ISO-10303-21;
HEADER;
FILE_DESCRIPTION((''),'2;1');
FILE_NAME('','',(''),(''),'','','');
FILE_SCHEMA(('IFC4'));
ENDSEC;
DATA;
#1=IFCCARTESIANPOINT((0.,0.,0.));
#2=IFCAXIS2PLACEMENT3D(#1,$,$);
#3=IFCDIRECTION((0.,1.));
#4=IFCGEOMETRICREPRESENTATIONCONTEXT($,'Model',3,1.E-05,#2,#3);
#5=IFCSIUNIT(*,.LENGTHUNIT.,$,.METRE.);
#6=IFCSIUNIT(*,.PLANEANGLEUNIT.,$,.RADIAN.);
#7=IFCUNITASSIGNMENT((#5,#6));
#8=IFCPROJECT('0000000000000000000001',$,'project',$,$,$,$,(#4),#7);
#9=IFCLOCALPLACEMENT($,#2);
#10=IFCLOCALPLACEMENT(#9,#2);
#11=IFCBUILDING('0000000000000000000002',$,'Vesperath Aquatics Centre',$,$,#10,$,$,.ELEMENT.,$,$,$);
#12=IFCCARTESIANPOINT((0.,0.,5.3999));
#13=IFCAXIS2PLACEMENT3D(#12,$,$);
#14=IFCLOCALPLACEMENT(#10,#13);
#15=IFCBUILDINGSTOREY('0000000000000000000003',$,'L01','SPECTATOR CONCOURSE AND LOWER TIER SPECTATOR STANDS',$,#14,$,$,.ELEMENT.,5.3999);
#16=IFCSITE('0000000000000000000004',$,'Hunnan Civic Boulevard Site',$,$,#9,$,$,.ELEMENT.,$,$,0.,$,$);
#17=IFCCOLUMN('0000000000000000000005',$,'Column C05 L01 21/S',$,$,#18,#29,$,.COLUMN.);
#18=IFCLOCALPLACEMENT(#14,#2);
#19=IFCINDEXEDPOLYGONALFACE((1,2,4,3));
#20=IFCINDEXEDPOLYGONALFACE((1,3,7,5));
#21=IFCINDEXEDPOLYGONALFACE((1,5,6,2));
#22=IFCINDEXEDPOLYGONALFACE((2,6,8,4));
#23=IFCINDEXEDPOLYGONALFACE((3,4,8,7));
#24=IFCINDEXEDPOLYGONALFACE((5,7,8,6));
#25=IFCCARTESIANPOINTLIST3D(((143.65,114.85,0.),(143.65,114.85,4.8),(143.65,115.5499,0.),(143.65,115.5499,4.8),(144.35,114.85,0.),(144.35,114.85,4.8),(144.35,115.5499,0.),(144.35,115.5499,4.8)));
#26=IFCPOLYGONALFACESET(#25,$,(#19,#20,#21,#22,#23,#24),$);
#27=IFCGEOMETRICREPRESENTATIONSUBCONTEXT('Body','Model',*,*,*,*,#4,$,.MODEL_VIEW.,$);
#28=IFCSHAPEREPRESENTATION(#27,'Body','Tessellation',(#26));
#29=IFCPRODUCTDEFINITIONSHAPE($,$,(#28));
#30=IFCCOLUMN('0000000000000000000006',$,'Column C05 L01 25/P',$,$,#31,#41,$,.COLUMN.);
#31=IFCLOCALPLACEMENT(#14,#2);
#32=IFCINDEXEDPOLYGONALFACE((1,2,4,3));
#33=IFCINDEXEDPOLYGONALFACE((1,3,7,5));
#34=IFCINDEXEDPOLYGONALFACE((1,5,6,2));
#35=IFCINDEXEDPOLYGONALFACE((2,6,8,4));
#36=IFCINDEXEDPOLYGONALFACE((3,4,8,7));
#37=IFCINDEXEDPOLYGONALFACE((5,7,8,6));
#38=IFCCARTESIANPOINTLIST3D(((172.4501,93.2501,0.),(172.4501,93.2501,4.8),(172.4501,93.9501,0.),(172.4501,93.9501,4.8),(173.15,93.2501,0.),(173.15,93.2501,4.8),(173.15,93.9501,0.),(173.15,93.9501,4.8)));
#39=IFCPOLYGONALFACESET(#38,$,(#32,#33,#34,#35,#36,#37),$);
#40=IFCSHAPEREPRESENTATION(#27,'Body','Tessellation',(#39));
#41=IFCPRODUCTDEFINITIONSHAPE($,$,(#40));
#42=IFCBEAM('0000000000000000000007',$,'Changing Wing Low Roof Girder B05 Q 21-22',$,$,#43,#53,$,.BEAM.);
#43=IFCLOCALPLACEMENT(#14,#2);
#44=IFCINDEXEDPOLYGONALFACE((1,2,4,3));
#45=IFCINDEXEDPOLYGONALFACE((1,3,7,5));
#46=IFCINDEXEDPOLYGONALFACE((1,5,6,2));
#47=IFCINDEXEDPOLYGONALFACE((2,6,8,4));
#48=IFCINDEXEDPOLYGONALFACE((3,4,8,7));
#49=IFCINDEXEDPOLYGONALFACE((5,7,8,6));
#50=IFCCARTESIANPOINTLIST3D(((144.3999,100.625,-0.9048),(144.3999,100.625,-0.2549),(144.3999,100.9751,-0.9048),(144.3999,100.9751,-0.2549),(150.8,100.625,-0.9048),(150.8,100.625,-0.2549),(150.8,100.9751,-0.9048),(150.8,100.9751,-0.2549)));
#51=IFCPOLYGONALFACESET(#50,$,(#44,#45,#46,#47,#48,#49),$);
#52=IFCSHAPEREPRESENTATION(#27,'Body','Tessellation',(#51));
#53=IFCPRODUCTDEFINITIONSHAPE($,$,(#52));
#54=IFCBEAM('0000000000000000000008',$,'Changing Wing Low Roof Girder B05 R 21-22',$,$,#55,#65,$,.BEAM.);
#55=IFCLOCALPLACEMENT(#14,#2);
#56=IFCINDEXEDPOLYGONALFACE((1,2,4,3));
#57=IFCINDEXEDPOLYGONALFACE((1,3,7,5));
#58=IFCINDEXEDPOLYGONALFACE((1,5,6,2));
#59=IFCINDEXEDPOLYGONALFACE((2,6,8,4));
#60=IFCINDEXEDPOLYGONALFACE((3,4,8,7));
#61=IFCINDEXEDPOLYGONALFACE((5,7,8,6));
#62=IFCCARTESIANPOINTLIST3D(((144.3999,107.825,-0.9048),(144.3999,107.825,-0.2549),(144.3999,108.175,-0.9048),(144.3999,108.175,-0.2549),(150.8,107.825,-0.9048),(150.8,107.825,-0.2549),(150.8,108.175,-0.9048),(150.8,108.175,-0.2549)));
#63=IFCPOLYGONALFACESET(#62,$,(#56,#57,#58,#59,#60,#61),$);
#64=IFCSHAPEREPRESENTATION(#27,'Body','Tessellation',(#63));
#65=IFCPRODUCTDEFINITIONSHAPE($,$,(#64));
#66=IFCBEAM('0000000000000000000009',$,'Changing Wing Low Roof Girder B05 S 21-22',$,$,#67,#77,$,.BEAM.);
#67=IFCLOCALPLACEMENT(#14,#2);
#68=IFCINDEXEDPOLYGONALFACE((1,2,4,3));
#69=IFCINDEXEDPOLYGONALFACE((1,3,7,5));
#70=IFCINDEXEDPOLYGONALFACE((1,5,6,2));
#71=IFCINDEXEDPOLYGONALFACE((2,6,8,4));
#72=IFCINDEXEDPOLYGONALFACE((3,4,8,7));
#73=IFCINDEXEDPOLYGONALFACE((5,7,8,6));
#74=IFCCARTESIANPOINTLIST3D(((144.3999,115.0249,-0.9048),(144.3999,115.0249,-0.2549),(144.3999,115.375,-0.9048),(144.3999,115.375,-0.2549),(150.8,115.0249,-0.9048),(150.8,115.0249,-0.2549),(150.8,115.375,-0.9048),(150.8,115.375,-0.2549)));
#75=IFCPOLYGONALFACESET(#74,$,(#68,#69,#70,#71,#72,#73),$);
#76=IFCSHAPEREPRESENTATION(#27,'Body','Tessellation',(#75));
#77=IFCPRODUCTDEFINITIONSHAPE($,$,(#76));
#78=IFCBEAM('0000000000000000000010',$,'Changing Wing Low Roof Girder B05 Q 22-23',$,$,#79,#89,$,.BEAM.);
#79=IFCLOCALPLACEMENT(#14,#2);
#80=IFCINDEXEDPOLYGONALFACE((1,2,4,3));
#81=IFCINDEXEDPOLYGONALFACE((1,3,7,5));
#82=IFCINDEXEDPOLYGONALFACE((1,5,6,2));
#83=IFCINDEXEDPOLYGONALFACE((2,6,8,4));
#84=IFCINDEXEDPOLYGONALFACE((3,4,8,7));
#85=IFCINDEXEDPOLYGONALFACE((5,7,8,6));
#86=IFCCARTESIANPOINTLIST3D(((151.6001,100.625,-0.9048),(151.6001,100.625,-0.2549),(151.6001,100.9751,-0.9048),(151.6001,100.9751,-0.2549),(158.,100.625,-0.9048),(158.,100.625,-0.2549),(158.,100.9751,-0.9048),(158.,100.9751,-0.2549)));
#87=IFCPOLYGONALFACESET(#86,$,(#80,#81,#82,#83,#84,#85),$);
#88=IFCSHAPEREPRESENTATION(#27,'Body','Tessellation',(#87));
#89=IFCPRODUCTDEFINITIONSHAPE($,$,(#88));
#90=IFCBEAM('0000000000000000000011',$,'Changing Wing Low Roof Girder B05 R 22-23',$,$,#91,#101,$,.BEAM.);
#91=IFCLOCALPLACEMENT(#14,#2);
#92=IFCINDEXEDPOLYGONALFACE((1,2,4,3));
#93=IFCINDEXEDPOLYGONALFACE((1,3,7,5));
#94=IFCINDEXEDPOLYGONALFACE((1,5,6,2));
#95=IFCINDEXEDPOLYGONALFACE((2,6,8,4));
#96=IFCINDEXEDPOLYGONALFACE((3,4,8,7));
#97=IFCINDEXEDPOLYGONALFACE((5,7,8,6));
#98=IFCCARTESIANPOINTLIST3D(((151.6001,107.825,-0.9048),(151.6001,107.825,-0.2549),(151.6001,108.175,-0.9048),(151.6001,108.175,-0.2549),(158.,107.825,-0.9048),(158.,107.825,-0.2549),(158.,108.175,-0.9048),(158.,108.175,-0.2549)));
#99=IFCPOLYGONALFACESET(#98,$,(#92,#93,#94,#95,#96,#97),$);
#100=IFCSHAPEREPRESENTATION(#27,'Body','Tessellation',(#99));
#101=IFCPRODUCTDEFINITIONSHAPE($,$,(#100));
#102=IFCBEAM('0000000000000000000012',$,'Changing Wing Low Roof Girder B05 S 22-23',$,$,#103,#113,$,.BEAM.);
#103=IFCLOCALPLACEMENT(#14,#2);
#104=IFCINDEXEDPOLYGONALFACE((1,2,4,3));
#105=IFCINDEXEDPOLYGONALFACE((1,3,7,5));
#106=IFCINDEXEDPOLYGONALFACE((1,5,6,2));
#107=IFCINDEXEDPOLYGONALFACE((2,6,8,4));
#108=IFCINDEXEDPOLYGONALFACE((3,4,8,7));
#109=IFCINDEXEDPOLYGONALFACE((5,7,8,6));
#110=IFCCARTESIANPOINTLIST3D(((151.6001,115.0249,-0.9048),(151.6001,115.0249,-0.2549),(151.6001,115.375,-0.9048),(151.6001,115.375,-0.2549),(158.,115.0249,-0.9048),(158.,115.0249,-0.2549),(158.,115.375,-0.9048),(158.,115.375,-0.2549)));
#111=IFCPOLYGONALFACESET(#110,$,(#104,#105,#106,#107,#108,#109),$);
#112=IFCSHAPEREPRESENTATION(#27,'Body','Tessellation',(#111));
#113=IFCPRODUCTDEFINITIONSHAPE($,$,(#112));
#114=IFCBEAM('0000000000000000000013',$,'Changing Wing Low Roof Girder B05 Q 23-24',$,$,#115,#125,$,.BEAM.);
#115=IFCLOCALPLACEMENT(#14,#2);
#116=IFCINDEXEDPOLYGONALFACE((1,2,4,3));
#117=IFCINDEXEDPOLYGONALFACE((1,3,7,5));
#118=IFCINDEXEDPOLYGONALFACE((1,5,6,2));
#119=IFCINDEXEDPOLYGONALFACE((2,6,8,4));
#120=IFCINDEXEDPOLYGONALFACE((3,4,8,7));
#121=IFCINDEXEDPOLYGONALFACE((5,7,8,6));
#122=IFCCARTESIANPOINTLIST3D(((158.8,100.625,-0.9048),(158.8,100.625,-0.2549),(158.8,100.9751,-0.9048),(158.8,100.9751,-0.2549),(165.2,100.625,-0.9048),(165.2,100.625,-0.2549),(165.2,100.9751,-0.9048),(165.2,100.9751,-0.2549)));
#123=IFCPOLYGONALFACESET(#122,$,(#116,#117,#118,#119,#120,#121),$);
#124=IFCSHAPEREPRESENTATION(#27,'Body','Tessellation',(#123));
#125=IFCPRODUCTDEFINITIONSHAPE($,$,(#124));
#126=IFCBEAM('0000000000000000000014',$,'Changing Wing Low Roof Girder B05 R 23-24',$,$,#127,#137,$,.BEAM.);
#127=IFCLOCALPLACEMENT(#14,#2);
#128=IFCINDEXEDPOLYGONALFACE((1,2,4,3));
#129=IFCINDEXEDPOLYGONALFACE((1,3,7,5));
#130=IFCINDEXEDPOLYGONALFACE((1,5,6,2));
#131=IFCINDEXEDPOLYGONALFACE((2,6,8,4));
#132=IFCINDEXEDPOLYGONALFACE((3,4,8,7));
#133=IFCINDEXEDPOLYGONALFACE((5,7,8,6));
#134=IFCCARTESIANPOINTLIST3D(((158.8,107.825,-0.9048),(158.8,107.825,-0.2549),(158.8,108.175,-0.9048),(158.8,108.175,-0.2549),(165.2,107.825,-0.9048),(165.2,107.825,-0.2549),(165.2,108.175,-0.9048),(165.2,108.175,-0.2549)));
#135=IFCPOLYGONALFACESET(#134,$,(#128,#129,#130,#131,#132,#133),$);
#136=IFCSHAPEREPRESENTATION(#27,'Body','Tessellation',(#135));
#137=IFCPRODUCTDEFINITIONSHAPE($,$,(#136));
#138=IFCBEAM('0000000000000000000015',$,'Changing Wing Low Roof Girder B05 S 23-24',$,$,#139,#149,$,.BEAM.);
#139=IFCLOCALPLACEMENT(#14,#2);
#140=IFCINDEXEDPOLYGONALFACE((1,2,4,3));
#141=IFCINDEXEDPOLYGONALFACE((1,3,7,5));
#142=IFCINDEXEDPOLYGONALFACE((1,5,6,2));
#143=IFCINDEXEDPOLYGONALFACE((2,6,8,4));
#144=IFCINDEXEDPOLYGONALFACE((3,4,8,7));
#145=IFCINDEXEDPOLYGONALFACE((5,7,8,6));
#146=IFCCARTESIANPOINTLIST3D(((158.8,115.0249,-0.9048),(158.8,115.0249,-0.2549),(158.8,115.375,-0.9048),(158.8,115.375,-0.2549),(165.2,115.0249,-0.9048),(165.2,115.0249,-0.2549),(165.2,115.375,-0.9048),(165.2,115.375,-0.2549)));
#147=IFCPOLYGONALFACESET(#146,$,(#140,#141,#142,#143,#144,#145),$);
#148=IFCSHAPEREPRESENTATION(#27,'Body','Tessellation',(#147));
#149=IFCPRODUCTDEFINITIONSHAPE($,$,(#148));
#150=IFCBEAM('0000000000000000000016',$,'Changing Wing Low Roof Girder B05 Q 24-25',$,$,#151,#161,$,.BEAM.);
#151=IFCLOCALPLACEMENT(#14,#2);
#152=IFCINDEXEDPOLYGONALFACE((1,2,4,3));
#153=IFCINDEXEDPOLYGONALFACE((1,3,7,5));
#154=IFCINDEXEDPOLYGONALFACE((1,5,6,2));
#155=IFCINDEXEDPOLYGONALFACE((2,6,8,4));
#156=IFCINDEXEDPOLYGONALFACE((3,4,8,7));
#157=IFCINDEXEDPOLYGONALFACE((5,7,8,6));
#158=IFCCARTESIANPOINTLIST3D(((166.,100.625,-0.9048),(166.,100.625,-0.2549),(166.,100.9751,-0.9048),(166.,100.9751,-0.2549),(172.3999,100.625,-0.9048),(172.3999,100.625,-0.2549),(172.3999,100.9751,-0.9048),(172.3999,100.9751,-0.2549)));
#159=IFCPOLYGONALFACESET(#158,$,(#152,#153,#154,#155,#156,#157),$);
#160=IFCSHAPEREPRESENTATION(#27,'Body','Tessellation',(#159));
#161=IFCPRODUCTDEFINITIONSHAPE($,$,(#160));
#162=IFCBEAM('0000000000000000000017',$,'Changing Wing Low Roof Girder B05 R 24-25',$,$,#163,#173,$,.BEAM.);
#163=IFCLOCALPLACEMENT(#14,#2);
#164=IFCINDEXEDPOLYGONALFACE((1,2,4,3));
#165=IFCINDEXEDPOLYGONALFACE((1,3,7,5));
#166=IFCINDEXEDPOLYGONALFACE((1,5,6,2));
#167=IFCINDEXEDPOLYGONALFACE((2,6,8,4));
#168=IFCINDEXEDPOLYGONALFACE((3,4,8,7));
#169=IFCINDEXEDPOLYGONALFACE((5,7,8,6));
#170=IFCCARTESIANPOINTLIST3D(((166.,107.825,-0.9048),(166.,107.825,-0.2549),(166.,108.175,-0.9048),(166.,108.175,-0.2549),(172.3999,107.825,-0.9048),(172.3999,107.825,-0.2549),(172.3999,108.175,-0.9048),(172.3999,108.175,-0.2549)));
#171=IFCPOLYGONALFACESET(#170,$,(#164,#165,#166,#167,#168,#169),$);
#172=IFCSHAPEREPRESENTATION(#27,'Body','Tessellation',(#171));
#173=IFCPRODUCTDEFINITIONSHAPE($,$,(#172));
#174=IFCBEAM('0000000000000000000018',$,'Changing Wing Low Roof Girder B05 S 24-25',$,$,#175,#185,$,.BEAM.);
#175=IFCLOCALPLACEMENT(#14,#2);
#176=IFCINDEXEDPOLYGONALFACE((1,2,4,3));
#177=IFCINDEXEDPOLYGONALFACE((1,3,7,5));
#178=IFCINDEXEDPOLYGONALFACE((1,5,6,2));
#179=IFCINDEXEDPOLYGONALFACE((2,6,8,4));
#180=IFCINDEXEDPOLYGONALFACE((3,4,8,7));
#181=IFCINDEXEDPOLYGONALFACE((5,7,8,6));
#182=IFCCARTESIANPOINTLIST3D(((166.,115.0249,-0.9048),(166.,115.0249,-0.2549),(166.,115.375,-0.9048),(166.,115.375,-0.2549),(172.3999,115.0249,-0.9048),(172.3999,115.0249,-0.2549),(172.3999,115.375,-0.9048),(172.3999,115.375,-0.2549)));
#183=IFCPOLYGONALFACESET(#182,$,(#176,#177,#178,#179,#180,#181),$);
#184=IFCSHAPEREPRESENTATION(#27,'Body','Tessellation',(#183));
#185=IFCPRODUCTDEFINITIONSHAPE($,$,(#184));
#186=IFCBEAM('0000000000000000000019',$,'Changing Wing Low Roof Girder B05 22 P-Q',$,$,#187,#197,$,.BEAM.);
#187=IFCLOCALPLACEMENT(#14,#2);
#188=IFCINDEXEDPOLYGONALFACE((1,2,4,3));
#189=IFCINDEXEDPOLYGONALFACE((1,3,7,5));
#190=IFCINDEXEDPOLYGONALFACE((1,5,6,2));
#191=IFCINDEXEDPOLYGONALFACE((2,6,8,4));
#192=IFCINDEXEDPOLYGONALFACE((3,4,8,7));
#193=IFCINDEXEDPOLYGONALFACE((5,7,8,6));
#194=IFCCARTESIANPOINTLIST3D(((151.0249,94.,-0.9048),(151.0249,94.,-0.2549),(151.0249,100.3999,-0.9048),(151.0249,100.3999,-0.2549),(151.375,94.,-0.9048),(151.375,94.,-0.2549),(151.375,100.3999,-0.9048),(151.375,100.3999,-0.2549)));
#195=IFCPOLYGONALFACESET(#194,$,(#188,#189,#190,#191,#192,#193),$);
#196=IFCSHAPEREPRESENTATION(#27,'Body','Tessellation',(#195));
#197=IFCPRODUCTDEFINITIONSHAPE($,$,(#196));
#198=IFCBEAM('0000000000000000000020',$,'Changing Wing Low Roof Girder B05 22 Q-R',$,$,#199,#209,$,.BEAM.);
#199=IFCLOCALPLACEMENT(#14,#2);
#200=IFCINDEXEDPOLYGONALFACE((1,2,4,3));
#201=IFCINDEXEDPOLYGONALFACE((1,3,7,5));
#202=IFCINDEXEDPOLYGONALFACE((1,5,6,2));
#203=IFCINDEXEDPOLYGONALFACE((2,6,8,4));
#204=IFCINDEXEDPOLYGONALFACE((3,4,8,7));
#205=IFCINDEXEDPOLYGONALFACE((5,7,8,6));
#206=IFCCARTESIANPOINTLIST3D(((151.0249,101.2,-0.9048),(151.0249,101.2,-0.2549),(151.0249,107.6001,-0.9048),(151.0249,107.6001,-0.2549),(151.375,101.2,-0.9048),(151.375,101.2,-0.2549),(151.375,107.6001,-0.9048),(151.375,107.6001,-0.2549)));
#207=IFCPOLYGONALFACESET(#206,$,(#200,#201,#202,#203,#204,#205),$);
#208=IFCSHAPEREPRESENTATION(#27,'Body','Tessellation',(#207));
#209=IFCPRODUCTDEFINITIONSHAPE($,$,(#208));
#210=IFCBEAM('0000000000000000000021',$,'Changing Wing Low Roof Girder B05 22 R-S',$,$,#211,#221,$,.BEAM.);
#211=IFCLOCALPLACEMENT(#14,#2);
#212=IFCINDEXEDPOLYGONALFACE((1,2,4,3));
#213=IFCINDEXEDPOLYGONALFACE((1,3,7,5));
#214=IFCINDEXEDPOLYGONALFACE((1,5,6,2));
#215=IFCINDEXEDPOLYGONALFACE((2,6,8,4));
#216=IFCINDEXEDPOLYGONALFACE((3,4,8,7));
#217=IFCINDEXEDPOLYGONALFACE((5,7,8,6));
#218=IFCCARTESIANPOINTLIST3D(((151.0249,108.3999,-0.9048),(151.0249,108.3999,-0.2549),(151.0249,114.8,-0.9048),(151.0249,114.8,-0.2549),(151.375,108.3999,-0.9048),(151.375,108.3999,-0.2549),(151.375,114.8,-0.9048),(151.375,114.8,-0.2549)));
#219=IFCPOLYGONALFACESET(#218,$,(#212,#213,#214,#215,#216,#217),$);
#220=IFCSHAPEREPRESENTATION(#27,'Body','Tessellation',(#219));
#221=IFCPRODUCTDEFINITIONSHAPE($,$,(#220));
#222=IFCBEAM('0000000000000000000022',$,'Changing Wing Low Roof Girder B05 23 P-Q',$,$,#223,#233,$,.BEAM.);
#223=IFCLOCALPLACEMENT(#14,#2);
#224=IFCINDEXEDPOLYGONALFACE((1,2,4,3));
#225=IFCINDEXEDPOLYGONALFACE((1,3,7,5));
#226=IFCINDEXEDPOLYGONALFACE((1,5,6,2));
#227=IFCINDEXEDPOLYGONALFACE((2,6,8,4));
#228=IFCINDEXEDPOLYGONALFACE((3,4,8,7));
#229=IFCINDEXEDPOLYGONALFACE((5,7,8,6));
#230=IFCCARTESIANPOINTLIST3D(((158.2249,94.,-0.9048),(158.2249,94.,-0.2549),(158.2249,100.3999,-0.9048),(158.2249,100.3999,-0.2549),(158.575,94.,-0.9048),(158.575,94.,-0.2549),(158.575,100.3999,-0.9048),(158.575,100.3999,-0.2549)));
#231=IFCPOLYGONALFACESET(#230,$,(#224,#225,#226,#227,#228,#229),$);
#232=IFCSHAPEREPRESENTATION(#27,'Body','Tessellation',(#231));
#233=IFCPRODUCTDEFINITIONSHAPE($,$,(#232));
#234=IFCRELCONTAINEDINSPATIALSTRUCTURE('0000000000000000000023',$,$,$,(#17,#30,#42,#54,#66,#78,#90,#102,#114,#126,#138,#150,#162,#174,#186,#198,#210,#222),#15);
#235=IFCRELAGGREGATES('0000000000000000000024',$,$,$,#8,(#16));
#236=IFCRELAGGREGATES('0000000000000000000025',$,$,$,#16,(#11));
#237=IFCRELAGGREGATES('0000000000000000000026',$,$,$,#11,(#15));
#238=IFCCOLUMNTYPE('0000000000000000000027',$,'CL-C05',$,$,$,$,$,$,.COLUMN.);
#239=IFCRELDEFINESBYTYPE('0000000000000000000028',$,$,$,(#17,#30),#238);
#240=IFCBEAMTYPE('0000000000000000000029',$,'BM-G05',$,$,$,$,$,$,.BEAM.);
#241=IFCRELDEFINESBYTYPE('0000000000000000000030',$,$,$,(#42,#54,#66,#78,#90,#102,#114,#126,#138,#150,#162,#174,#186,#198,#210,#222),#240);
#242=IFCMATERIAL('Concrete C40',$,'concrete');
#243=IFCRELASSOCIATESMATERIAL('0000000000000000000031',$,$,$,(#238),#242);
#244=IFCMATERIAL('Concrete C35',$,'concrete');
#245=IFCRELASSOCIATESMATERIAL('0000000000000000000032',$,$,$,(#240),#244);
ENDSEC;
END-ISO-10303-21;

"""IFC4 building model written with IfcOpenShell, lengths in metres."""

from ifc_helpers import new_model, si_unit, direction, frame, origin, origin_2d, place, context, subcontext, project, spatial, rectangle, extrude, material, material_profile, profile_set, type_object, element, save


model = new_model("IFC4")

# Units and contexts
model_context = context("Model", 3, precision=1e-05, world=origin(), true_north=direction((0.0, 1.0)))
body_context = subcontext(model_context, "Body", "Model", "MODEL_VIEW")
ifc_project = project(units=[si_unit("LENGTHUNIT", "METRE"), si_unit("PLANEANGLEUNIT", "RADIAN")], contexts=[model_context])

# Site, building, storey
site_placement = place(None, origin())
site = spatial("IfcSite", under=ifc_project, at=site_placement, Name="Hunnan Civic Boulevard Site", CompositionType="ELEMENT", RefElevation=0.0)
building_placement = place(site_placement, origin())
building = spatial("IfcBuilding", under=site, at=building_placement, Name="Vesperath Aquatics Centre", CompositionType="ELEMENT")
storey_placement = place(building_placement, frame((0.0, 0.0, 5.3999)))
storey = spatial("IfcBuildingStorey", under=building, at=storey_placement, Name="L01", Description="SPECTATOR CONCOURSE AND LOWER TIER SPECTATOR STANDS", CompositionType="ELEMENT", Elevation=5.3999)

# Columns
ifc_material_1 = material(Name="Concrete C40", Category="concrete")
ifc_material_profile_1 = material_profile(ifc_material_1, rectangle(XDim=0.7, YDim=0.7, at=origin_2d()), Name="RC 700x700")
ifc_profile_set_1 = profile_set([ifc_material_profile_1], Name="Concrete C40")
column_type = type_object("IfcColumnType", Name="CL-C05", PredefinedType="COLUMN", material=ifc_profile_set_1)
for number, where, z_axis, x_axis, name in (
    (1, (144.0, 115.2, 0.0), (0.0, 0.0, 1.0), (1.0, 0.0, 0.0), "Column C05 L01 21/S"),
    (2, (172.8, 93.6001, 0.0), (0.0, 0.0, 1.0), (1.0, 0.0, 0.0), "Column C05 L01 25/P"),
):
    element("IfcColumn", number, at=place(storey_placement, frame(where, z_axis=z_axis, x_axis=x_axis)), inside=storey, type_object=column_type, Name=name, PredefinedType="COLUMN", context=body_context, shape_type="SweptSolid", body=[
        extrude(rectangle(XDim=0.7, YDim=0.7, at=origin_2d()), origin(), (0.0, 0.0, 1.0), 4.8),
    ])

# Beams
ifc_material_2 = material(Name="Concrete C35", Category="concrete")
ifc_material_profile_2 = material_profile(ifc_material_2, rectangle(XDim=0.3501, YDim=0.6499, at=origin_2d()), Name="RC 350x650")
ifc_profile_set_2 = profile_set([ifc_material_profile_2], Name="Concrete C35")
beam_type = type_object("IfcBeamType", Name="BM-G05", PredefinedType="BEAM", material=ifc_profile_set_2)
for number, where, z_axis, x_axis, name in (
    (3, (144.3999, 100.8, -0.5798), (1.0, 0.0, 0.0), (0.0, 1.0, 0.0), "Changing Wing Low Roof Girder B05 Q 21-22"),
    (4, (144.3999, 108.0, -0.5798), (1.0, 0.0, 0.0), (0.0, 1.0, 0.0), "Changing Wing Low Roof Girder B05 R 21-22"),
    (5, (144.3999, 115.2, -0.5798), (1.0, 0.0, 0.0), (0.0, 1.0, 0.0), "Changing Wing Low Roof Girder B05 S 21-22"),
):
    element("IfcBeam", number, at=place(storey_placement, frame(where, z_axis=z_axis, x_axis=x_axis)), inside=storey, type_object=beam_type, Name=name, PredefinedType="BEAM", context=body_context, shape_type="SweptSolid", body=[
        extrude(rectangle(XDim=0.3501, YDim=0.6499, at=origin_2d()), origin(), (0.0, 0.0, 1.0), 6.4001),
    ])
for number, where, z_axis, x_axis, name in (
    (6, (151.6001, 100.8, -0.5798), (1.0, 0.0, 0.0), (0.0, 1.0, 0.0), "Changing Wing Low Roof Girder B05 Q 22-23"),
    (7, (151.6001, 108.0, -0.5798), (1.0, 0.0, 0.0), (0.0, 1.0, 0.0), "Changing Wing Low Roof Girder B05 R 22-23"),
    (8, (151.6001, 115.2, -0.5798), (1.0, 0.0, 0.0), (0.0, 1.0, 0.0), "Changing Wing Low Roof Girder B05 S 22-23"),
    (9, (158.8, 100.8, -0.5798), (1.0, 0.0, 0.0), (0.0, 1.0, 0.0), "Changing Wing Low Roof Girder B05 Q 23-24"),
    (10, (158.8, 108.0, -0.5798), (1.0, 0.0, 0.0), (0.0, 1.0, 0.0), "Changing Wing Low Roof Girder B05 R 23-24"),
    (11, (158.8, 115.2, -0.5798), (1.0, 0.0, 0.0), (0.0, 1.0, 0.0), "Changing Wing Low Roof Girder B05 S 23-24"),
    (12, (166.0, 100.8, -0.5798), (1.0, 0.0, 0.0), (0.0, 1.0, 0.0), "Changing Wing Low Roof Girder B05 Q 24-25"),
    (13, (166.0, 108.0, -0.5798), (1.0, 0.0, 0.0), (0.0, 1.0, 0.0), "Changing Wing Low Roof Girder B05 R 24-25"),
    (14, (166.0, 115.2, -0.5798), (1.0, 0.0, 0.0), (0.0, 1.0, 0.0), "Changing Wing Low Roof Girder B05 S 24-25"),
    (15, (151.2, 94.0, -0.5798), (0.0, 1.0, 0.0), (-1.0, 0.0, 0.0), "Changing Wing Low Roof Girder B05 22 P-Q"),
):
    element("IfcBeam", number, at=place(storey_placement, frame(where, z_axis=z_axis, x_axis=x_axis)), inside=storey, type_object=beam_type, Name=name, PredefinedType="BEAM", context=body_context, shape_type="SweptSolid", body=[
        extrude(rectangle(XDim=0.3501, YDim=0.6499, at=origin_2d()), origin(), (0.0, 0.0, 1.0), 6.3999),
    ])
for number, where, z_axis, x_axis, name in (
    (16, (151.2, 101.2, -0.5798), (0.0, 1.0, 0.0), (-1.0, 0.0, 0.0), "Changing Wing Low Roof Girder B05 22 Q-R"),
    (17, (151.2, 108.3999, -0.5798), (0.0, 1.0, 0.0), (-1.0, 0.0, 0.0), "Changing Wing Low Roof Girder B05 22 R-S"),
):
    element("IfcBeam", number, at=place(storey_placement, frame(where, z_axis=z_axis, x_axis=x_axis)), inside=storey, type_object=beam_type, Name=name, PredefinedType="BEAM", context=body_context, shape_type="SweptSolid", body=[
        extrude(rectangle(XDim=0.3501, YDim=0.6499, at=origin_2d()), origin(), (0.0, 0.0, 1.0), 6.4001),
    ])
beam_1_placement = place(storey_placement, frame((158.3999, 94.0, -0.5798), z_axis=(0.0, 1.0, 0.0), x_axis=(-1.0, 0.0, 0.0)))
element("IfcBeam", 18, at=beam_1_placement, inside=storey, type_object=beam_type, Name="Changing Wing Low Roof Girder B05 23 P-Q", PredefinedType="BEAM", context=body_context, shape_type="SweptSolid", body=[
    extrude(rectangle(XDim=0.3501, YDim=0.6499, at=origin_2d()), origin(), (0.0, 0.0, 1.0), 6.3999),
])

save(model, "model.ifc")
